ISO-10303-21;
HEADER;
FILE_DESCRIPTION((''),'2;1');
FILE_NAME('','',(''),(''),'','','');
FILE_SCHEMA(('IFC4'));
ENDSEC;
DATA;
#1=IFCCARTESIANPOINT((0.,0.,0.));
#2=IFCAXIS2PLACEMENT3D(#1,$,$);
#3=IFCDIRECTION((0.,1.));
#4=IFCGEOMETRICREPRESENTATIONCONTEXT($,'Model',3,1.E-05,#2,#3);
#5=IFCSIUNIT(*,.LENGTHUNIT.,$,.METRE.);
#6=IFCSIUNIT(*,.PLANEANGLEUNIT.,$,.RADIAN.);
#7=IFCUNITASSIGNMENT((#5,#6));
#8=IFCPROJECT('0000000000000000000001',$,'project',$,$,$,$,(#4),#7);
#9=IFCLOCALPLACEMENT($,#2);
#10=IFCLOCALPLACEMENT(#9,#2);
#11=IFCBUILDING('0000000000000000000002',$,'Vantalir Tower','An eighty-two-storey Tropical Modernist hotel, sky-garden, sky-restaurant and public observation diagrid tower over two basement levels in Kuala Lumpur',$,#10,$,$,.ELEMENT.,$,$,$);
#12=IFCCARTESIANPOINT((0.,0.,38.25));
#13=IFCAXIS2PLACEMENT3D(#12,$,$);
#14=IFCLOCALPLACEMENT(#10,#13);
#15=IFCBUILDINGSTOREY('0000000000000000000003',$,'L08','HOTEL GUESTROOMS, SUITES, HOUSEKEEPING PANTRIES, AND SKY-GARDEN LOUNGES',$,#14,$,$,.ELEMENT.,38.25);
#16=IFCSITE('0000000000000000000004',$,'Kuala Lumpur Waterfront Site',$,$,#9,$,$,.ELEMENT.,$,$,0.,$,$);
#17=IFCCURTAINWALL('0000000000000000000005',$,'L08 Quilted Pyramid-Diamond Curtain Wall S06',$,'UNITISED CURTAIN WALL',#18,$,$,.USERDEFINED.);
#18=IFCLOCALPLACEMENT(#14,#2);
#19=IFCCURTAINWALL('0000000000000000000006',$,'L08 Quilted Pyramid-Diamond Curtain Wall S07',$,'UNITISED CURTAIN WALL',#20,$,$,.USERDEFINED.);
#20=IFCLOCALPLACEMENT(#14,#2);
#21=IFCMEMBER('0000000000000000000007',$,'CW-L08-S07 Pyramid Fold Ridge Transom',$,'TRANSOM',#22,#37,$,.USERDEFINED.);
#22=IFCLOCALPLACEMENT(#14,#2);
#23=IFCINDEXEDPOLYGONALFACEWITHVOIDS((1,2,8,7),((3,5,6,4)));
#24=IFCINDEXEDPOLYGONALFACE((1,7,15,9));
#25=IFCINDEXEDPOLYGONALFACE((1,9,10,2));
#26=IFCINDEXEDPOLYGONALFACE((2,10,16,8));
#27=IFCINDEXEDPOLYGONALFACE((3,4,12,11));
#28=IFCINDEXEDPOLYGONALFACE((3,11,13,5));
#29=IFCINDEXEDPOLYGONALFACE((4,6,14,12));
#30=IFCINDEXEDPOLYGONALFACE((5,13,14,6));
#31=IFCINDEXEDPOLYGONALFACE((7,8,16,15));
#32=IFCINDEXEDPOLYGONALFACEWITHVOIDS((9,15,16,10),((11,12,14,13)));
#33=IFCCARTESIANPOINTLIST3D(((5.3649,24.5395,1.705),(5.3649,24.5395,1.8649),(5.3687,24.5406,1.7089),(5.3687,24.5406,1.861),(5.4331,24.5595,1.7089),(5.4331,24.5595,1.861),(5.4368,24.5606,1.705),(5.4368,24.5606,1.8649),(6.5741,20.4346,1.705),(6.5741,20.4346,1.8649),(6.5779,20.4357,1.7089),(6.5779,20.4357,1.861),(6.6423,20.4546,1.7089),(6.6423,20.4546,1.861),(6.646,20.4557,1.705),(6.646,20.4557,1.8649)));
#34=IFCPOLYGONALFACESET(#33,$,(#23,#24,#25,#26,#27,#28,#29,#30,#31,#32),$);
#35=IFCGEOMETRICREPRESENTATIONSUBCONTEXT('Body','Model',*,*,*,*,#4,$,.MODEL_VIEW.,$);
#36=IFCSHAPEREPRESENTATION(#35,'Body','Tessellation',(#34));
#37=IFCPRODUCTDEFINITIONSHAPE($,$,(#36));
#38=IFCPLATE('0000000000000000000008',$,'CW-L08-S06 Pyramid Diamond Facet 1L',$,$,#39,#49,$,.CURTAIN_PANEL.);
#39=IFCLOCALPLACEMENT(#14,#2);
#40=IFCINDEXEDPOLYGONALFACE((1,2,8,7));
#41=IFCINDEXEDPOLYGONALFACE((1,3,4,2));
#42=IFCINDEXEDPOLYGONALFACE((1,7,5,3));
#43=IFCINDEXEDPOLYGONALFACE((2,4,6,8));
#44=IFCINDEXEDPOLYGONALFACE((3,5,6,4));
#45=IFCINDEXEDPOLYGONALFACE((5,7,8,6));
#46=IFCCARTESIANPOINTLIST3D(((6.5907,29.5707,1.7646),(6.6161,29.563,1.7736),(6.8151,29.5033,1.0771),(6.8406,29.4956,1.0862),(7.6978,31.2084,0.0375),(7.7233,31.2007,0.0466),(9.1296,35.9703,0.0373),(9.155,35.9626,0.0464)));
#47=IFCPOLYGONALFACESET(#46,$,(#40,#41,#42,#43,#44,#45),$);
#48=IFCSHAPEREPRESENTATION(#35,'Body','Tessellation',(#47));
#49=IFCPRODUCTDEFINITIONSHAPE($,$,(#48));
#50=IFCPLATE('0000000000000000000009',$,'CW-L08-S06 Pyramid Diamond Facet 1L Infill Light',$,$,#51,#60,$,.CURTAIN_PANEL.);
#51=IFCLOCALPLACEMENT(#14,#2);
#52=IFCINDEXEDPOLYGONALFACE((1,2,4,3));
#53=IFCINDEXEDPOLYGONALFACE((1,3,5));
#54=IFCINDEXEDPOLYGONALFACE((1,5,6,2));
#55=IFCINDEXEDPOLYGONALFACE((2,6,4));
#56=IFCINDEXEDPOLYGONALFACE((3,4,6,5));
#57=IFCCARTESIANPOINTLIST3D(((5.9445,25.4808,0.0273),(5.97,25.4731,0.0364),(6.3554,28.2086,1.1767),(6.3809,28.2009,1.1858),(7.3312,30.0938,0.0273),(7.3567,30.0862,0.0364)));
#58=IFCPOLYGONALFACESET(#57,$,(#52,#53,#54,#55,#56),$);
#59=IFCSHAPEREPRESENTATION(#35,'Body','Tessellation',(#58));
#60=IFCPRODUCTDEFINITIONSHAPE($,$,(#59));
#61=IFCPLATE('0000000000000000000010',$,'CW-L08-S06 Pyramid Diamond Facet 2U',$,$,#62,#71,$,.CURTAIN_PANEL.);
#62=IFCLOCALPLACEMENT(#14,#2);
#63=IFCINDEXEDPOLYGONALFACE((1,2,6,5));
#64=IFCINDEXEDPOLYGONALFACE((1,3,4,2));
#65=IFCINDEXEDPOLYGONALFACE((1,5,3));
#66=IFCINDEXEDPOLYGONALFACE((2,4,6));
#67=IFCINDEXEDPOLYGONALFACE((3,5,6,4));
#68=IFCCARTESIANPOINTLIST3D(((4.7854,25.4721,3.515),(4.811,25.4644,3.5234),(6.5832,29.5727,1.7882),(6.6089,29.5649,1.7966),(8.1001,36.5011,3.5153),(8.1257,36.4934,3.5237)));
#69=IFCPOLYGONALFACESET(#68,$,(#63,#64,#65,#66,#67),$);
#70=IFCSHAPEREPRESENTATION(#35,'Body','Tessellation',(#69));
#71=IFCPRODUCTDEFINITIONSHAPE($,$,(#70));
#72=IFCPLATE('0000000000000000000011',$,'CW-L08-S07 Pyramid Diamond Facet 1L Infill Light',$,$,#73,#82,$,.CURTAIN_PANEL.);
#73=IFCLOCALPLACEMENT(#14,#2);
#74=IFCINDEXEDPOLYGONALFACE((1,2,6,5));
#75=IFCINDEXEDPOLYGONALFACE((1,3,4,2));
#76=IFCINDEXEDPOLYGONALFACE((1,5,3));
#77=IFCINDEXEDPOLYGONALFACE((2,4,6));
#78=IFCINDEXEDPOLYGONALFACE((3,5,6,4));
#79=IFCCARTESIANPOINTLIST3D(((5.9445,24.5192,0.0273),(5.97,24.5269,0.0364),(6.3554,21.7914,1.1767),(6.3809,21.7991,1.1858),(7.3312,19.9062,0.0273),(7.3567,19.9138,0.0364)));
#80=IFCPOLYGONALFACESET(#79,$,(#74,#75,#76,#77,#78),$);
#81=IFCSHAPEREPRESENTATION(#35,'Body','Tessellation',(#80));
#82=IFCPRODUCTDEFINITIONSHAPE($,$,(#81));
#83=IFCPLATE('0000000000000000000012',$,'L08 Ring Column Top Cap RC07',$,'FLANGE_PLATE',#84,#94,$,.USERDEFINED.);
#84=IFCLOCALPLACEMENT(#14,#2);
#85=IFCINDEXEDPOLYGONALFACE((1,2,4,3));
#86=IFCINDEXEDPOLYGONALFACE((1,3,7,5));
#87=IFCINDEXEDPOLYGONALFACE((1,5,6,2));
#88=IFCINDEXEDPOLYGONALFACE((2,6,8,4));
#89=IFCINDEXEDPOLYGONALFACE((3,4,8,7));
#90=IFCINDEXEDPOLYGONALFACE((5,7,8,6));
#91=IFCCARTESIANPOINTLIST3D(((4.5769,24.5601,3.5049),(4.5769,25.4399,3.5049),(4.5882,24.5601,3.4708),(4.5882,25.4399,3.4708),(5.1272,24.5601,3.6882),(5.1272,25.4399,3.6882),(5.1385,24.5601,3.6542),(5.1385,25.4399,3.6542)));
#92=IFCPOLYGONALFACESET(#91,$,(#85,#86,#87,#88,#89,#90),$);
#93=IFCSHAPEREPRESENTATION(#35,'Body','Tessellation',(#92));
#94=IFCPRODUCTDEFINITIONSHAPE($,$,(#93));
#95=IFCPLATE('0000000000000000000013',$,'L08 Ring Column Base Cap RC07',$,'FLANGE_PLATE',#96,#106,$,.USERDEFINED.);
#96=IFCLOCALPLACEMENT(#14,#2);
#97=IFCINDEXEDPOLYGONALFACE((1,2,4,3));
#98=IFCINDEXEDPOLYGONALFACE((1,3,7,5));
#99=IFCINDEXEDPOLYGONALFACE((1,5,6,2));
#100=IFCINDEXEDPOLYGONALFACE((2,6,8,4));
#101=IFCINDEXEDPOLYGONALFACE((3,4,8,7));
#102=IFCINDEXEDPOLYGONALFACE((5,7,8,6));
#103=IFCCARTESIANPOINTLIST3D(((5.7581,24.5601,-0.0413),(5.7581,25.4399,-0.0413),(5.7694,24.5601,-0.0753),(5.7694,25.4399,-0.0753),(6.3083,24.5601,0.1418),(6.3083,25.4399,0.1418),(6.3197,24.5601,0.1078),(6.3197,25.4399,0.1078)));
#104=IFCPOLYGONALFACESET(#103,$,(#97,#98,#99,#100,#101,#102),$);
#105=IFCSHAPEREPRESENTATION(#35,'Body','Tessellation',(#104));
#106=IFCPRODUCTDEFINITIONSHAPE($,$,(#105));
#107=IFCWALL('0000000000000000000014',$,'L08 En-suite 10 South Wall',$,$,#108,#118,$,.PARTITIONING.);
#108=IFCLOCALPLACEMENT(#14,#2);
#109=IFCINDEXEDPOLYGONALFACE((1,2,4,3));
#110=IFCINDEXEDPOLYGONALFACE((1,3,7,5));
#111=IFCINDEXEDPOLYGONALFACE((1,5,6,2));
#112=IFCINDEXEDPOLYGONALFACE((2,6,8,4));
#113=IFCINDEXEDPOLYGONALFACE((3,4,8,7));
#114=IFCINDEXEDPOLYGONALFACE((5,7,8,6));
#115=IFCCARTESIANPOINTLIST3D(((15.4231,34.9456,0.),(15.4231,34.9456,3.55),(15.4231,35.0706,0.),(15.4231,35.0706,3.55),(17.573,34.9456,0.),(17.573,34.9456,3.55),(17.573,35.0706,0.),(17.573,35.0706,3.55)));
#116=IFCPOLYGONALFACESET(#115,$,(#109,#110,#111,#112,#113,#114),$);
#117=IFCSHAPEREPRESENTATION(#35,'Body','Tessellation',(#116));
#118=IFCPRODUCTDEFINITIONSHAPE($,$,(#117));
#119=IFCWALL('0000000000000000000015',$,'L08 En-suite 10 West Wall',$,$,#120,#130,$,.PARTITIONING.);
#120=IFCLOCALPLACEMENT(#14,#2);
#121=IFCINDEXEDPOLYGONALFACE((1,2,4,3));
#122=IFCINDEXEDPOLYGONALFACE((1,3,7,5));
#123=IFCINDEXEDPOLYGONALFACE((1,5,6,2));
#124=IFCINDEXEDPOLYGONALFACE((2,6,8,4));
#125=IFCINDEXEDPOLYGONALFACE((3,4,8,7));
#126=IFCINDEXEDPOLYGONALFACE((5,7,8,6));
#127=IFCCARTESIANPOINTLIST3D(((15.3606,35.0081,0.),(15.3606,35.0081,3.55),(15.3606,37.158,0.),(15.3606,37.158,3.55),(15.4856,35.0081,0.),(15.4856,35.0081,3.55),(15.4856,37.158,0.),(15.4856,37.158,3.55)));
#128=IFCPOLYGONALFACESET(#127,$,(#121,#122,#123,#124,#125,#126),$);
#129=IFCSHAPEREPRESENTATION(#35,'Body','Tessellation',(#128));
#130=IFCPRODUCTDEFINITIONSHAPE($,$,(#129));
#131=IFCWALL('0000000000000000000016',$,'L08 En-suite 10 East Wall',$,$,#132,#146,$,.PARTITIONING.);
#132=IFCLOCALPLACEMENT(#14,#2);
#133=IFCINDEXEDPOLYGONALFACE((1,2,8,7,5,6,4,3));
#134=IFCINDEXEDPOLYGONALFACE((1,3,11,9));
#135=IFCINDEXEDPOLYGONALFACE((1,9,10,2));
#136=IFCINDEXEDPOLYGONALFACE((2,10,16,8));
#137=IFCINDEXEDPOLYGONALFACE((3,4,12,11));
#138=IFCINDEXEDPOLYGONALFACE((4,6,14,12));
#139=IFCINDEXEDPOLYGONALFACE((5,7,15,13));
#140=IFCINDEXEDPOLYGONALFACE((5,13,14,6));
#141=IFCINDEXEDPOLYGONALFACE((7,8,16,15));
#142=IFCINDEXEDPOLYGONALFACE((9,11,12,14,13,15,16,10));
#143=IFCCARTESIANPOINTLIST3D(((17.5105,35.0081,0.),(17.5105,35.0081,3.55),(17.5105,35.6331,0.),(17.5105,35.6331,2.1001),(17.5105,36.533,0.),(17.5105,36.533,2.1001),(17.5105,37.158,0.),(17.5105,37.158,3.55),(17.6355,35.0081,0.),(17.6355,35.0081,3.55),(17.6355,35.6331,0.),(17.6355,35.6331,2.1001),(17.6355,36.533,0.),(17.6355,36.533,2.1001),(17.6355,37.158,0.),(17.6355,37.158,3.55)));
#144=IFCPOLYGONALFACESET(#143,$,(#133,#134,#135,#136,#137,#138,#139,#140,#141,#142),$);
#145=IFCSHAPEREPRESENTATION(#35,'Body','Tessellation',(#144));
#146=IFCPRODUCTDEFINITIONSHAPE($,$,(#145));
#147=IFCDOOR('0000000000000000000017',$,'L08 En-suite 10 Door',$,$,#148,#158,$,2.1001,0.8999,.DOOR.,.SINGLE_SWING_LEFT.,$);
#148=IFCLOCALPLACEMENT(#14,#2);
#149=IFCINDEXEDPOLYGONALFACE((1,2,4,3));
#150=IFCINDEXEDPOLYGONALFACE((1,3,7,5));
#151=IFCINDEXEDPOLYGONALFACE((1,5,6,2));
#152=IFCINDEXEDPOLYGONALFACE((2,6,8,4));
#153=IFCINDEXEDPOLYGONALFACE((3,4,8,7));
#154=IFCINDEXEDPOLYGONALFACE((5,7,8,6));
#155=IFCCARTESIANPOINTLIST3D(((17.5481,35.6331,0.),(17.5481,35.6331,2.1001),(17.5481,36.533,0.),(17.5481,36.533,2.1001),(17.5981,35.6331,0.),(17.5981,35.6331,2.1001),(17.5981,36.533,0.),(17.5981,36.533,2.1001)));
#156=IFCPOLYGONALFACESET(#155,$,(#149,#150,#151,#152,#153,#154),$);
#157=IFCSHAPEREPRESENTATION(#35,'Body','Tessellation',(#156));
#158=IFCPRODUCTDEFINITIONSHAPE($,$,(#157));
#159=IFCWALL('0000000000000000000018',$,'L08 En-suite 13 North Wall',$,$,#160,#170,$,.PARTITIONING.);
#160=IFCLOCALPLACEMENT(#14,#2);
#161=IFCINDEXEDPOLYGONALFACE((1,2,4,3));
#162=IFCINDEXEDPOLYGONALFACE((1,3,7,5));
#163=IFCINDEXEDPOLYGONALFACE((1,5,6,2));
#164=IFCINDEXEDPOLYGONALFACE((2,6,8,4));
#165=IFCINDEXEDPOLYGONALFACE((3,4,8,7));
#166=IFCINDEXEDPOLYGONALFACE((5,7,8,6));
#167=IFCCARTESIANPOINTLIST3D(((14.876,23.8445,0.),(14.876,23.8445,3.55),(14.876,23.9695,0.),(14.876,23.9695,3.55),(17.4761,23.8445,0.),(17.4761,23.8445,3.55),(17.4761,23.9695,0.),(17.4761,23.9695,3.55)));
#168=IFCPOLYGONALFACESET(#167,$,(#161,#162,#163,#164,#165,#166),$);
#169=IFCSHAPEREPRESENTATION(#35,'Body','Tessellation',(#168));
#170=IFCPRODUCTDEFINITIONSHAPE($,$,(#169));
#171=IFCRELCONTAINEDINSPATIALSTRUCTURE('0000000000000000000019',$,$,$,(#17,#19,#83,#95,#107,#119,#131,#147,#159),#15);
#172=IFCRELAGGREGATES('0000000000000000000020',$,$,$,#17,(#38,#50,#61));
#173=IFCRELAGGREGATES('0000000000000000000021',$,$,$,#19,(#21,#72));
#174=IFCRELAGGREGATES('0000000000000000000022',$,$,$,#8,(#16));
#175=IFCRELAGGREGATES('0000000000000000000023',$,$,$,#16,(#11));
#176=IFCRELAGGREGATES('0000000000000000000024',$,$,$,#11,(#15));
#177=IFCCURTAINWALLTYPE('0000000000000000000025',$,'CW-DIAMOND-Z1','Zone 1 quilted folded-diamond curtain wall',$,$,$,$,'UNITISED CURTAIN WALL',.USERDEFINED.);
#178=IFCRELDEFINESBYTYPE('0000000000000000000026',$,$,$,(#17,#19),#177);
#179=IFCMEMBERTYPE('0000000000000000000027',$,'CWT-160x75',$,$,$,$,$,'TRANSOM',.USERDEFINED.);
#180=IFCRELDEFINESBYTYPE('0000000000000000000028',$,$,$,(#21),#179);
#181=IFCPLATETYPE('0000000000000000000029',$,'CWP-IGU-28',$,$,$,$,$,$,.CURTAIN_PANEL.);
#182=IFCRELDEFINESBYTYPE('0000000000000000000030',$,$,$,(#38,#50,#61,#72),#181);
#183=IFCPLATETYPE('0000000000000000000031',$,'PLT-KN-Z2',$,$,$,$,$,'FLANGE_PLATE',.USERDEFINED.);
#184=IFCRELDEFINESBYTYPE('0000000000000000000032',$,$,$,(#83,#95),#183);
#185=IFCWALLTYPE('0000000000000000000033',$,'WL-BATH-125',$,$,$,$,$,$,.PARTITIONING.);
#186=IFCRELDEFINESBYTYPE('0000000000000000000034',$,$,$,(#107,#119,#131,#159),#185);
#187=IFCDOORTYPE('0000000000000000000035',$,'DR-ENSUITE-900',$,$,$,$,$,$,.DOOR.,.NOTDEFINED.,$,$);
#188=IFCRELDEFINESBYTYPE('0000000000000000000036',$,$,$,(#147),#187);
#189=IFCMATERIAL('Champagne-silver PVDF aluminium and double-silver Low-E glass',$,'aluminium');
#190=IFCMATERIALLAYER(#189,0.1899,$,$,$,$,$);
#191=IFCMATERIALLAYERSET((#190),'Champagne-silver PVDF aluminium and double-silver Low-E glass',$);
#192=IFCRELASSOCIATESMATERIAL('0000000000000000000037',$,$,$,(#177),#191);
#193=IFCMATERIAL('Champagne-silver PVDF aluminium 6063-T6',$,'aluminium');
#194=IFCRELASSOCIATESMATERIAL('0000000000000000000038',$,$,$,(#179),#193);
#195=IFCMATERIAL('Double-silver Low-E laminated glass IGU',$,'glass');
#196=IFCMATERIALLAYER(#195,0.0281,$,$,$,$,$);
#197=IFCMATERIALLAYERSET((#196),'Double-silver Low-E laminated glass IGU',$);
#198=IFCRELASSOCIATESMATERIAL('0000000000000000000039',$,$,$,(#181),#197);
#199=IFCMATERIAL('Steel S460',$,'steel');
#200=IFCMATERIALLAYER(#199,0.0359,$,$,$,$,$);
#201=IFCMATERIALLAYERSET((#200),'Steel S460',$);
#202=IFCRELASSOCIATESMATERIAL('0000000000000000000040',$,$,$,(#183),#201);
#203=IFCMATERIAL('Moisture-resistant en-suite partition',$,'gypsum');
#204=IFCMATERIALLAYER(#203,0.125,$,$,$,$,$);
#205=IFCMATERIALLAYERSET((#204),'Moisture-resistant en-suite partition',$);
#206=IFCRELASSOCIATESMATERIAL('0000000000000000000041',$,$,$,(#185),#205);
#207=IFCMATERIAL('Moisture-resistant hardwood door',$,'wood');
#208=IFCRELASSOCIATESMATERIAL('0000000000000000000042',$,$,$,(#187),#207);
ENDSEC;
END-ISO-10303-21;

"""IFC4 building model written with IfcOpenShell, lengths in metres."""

from ifc_helpers import new_model, si_unit, direction, frame, frame_2d, origin, origin_2d, place, context, subcontext, project, spatial, polyline, rectangle, hollow_rectangle, outline, extrude, material, layer, layer_set, material_profile, profile_set, type_object, element, fill, aggregate, save


model = new_model("IFC4")

# Units and contexts
model_context = context("Model", 3, precision=1e-05, world=origin(), true_north=direction((0.0, 1.0)))
body_context = subcontext(model_context, "Body", "Model", "MODEL_VIEW")
ifc_project = project(units=[si_unit("LENGTHUNIT", "METRE"), si_unit("PLANEANGLEUNIT", "RADIAN")], contexts=[model_context])

# Site, building, storey
site_placement = place(None, origin())
site = spatial("IfcSite", under=ifc_project, at=site_placement, Name="Kuala Lumpur Waterfront Site", CompositionType="ELEMENT", RefElevation=0.0)
building_placement = place(site_placement, origin())
building = spatial("IfcBuilding", under=site, at=building_placement, Name="Vantalir Tower", Description="An eighty-two-storey Tropical Modernist hotel, sky-garden, sky-restaurant and public observation diagrid tower over two basement levels in Kuala Lumpur", CompositionType="ELEMENT")
storey_placement = place(building_placement, frame((0.0, 0.0, 38.25)))
storey = spatial("IfcBuildingStorey", under=building, at=storey_placement, Name="L08", Description="HOTEL GUESTROOMS, SUITES, HOUSEKEEPING PANTRIES, AND SKY-GARDEN LOUNGES", CompositionType="ELEMENT", Elevation=38.25)

# Shared definitions
ifc_material_1 = material(Name="Steel S460", Category="steel")

# Curtain wall
ifc_material_2 = material(Name="Champagne-silver PVDF aluminium and double-silver Low-E glass", Category="aluminium")
ifc_layer_1 = layer(ifc_material_2, 0.1899)
ifc_layer_set_1 = layer_set([ifc_layer_1], Name="Champagne-silver PVDF aluminium and double-silver Low-E glass")
curtain_wall_type = type_object("IfcCurtainWallType", Name="CW-DIAMOND-Z1", Description="Zone 1 quilted folded-diamond curtain wall", ElementType="UNITISED CURTAIN WALL", PredefinedType="USERDEFINED", material=ifc_layer_set_1)
curtain_wall_1_placement = place(storey_placement, origin())
curtain_wall_1 = element("IfcCurtainWall", 1, at=curtain_wall_1_placement, inside=storey, type_object=curtain_wall_type, Name="L08 Quilted Pyramid-Diamond Curtain Wall S06", ObjectType="UNITISED CURTAIN WALL", PredefinedType="USERDEFINED")
ifc_material_3 = material(Name="Champagne-silver PVDF aluminium 6063-T6", Category="aluminium")

# Curtain wall, member
curtain_wall_2_placement = place(storey_placement, origin())
curtain_wall_2 = element("IfcCurtainWall", 2, at=curtain_wall_2_placement, inside=storey, type_object=curtain_wall_type, Name="L08 Quilted Pyramid-Diamond Curtain Wall S07", ObjectType="UNITISED CURTAIN WALL", PredefinedType="USERDEFINED")
ifc_material_profile_1 = material_profile(ifc_material_3, hollow_rectangle(XDim=0.075, YDim=0.1599, WallThickness=0.0039, at=origin_2d()), Name="Champagne-silver PVDF aluminium 6063-T6")
ifc_profile_set_1 = profile_set([ifc_material_profile_1], Name="Champagne-silver PVDF aluminium 6063-T6")
member_type_1 = type_object("IfcMemberType", Name="CWT-160x75", ElementType="TRANSOM", PredefinedType="USERDEFINED", material=ifc_profile_set_1)
member_1_placement = place(storey_placement, frame((5.4009, 24.55, 1.7849), z_axis=(0.282571, -0.959246, 0.0), x_axis=(0.959246, 0.282571, 0.0)))
member_1 = element("IfcMember", 3, at=member_1_placement, type_object=member_type_1, Name="CW-L08-S07 Pyramid Fold Ridge Transom", ObjectType="TRANSOM", PredefinedType="USERDEFINED", context=body_context, shape_type="SweptSolid", body=[
    extrude(hollow_rectangle(XDim=0.075, YDim=0.1599, WallThickness=0.0039, at=origin_2d()), origin(), (0.0, 0.0, 1.0), 4.2793),
])

# Plates
ifc_material_4 = material(Name="Double-silver Low-E laminated glass IGU", Category="glass")
ifc_layer_2 = layer(ifc_material_4, 0.0281)
ifc_layer_set_2 = layer_set([ifc_layer_2], Name="Double-silver Low-E laminated glass IGU")
plate_type_1 = type_object("IfcPlateType", Name="CWP-IGU-28", PredefinedType="CURTAIN_PANEL", material=ifc_layer_set_2)
plate_1_placement = place(storey_placement, frame((9.155, 35.9626, 0.0464), z_axis=(0.906429, -0.272516, 0.322678), x_axis=(-0.28793, -0.957651, 0.000042)))
plate_1 = element("IfcPlate", 4, at=plate_1_placement, type_object=plate_type_1, Name="CW-L08-S06 Pyramid Diamond Facet 1L", PredefinedType="CURTAIN_PANEL", context=body_context, shape_type="SweptSolid", body=[
    extrude(outline(polyline([(0.0, 0.0), (4.9725, 0.0), (6.8596, -1.0983), (6.8597, -1.8246), (0.0, 0.0)])), origin(), (0.0, 0.0, -1.0), 0.0281),
])
plate_2_placement = place(storey_placement, frame((7.3567, 30.0862, 0.0364), z_axis=(0.906454, -0.272488, 0.322631), x_axis=(-0.287883, -0.957666, 0.0)))
plate_2 = element("IfcPlate", 5, at=plate_2_placement, type_object=plate_type_1, Name="CW-L08-S06 Pyramid Diamond Facet 1L Infill Light", PredefinedType="CURTAIN_PANEL", context=body_context, shape_type="SweptSolid", body=[
    extrude(outline(polyline([(0.0, 0.0), (4.817, 0.0), (2.0864, -1.2144), (0.0, 0.0)])), origin(), (0.0, 0.0, -1.0), 0.0281),
])
plate_3_placement = place(storey_placement, frame((4.811, 25.4644, 3.5234), z_axis=(0.913806, -0.274644, 0.299215), x_axis=(0.287824, 0.957683, 0.000021)))
plate_3 = element("IfcPlate", 6, at=plate_3_placement, type_object=plate_type_1, Name="CW-L08-S06 Pyramid Diamond Facet 2U", PredefinedType="CURTAIN_PANEL", context=body_context, shape_type="SweptSolid", body=[
    extrude(outline(polyline([(0.0, 0.0), (11.5164, 0.0), (4.4445, -1.8098), (0.0, 0.0)])), origin(), (0.0, 0.0, -1.0), 0.0281),
])
aggregate(curtain_wall_1, [plate_1, plate_2, plate_3])
plate_4_placement = place(storey_placement, frame((5.97, 24.5269, 0.0364), z_axis=(0.906454, 0.272488, 0.322631), x_axis=(0.287883, -0.957666, 0.0)))
plate_4 = element("IfcPlate", 7, at=plate_4_placement, type_object=plate_type_1, Name="CW-L08-S07 Pyramid Diamond Facet 1L Infill Light", PredefinedType="CURTAIN_PANEL", context=body_context, shape_type="SweptSolid", body=[
    extrude(outline(polyline([(0.0, 0.0), (4.817, 0.0), (2.7306, -1.2144), (0.0, 0.0)])), origin(), (0.0, 0.0, -1.0), 0.0281),
])
aggregate(curtain_wall_2, [member_1, plate_4])

# Plates
ifc_layer_3 = layer(ifc_material_1, 0.0359)
ifc_layer_set_3 = layer_set([ifc_layer_3], Name="Steel S460")
plate_type_2 = type_object("IfcPlateType", Name="PLT-KN-Z2", ElementType="FLANGE_PLATE", PredefinedType="USERDEFINED", material=ifc_layer_set_3)
plate_5_placement = place(storey_placement, frame((4.5769, 25.4399, 3.5049), z_axis=(-0.316101, 0.0, 0.948725), x_axis=(0.0, -1.0, 0.0)))
element("IfcPlate", 8, at=plate_5_placement, inside=storey, type_object=plate_type_2, Name="L08 Ring Column Top Cap RC07", ObjectType="FLANGE_PLATE", PredefinedType="USERDEFINED", context=body_context, shape_type="SweptSolid", body=[
    extrude(outline(polyline([(0.0, 0.0), (0.8799, 0.0), (0.8799, 0.58), (0.0, 0.58), (0.0, 0.0)])), origin(), (0.0, 0.0, -1.0), 0.0359),
])
plate_6_placement = place(storey_placement, frame((5.7581, 25.4399, -0.0413), z_axis=(-0.315723, 0.0, 0.948852), x_axis=(0.0, -1.0, 0.0)))
element("IfcPlate", 9, at=plate_6_placement, inside=storey, type_object=plate_type_2, Name="L08 Ring Column Base Cap RC07", ObjectType="FLANGE_PLATE", PredefinedType="USERDEFINED", context=body_context, shape_type="SweptSolid", body=[
    extrude(outline(polyline([(0.0, 0.0), (0.8799, 0.0), (0.8799, 0.58), (0.0, 0.58), (0.0, 0.0)])), origin(), (0.0, 0.0, -1.0), 0.0359),
])

# Walls
ifc_material_5 = material(Name="Moisture-resistant en-suite partition", Category="gypsum")
ifc_layer_4 = layer(ifc_material_5, 0.125)
ifc_layer_set_4 = layer_set([ifc_layer_4], Name="Moisture-resistant en-suite partition")
wall_type_1 = type_object("IfcWallType", Name="WL-BATH-125", PredefinedType="PARTITIONING", material=ifc_layer_set_4)
for number, where, z_axis, x_axis, name in (
    (10, (15.4231, 35.0081, 0.0), (0.0, 0.0, 1.0), (1.0, 0.0, 0.0), "L08 En-suite 10 South Wall"),
    (11, (15.4231, 35.0081, 0.0), (0.0, 0.0, 1.0), (0.0, 1.0, 0.0), "L08 En-suite 10 West Wall"),
):
    element("IfcWall", number, at=place(storey_placement, frame(where, z_axis=z_axis, x_axis=x_axis)), inside=storey, type_object=wall_type_1, Name=name, PredefinedType="PARTITIONING", context=body_context, shape_type="SweptSolid", body=[
        extrude(rectangle(XDim=2.1499, YDim=0.125, at=frame_2d((1.075, 0.0))), origin(), (0.0, 0.0, 1.0), 3.55),
    ])

# Wall, opening, door
wall_1_placement = place(storey_placement, frame((17.573, 35.0081, 0.0), z_axis=(0.0, 0.0, 1.0), x_axis=(0.0, 1.0, 0.0)))
wall_1 = element("IfcWall", 12, at=wall_1_placement, inside=storey, type_object=wall_type_1, Name="L08 En-suite 10 East Wall", PredefinedType="PARTITIONING", context=body_context, shape_type="SweptSolid", body=[
    extrude(rectangle(XDim=2.1499, YDim=0.125, at=frame_2d((1.075, 0.0))), origin(), (0.0, 0.0, 1.0), 3.55),
])
opening_1_placement = place(wall_1_placement, frame((0.625, 0.0, 0.0)))
opening_1 = element("IfcOpeningElement", 13, at=opening_1_placement, cuts=wall_1, PredefinedType="OPENING", context=body_context, shape_type="SweptSolid", body=[
    extrude(rectangle(XDim=0.8999, YDim=2.1001, at=frame_2d((0.45, 1.05))), frame((0.0, 0.0725, 0.0), z_axis=(0.0, -1.0, 0.0), x_axis=(1.0, 0.0, 0.0)), (0.0, 0.0, 1.0), 0.145),
])
ifc_material_6 = material(Name="Moisture-resistant hardwood door", Category="wood")
door_type_1 = type_object("IfcDoorType", Name="DR-ENSUITE-900", OperationType="NOTDEFINED", PredefinedType="DOOR", material=ifc_material_6)
door_1_placement = place(opening_1_placement, origin())
door_1 = element("IfcDoor", 14, at=door_1_placement, inside=storey, type_object=door_type_1, Name="L08 En-suite 10 Door", OperationType="SINGLE_SWING_LEFT", OverallHeight=2.1001, OverallWidth=0.8999, PredefinedType="DOOR", context=body_context, shape_type="SweptSolid", body=[
    extrude(rectangle(XDim=0.8999, YDim=2.1001, at=frame_2d((0.45, 1.05))), frame((0.0, 0.0249, 0.0), z_axis=(0.0, -1.0, 0.0), x_axis=(1.0, 0.0, 0.0)), (0.0, 0.0, 1.0), 0.05),
])
fill(opening_1, door_1)

# Wall
wall_2_placement = place(storey_placement, frame((14.876, 23.907, 0.0), z_axis=(0.0, 0.0, 1.0), x_axis=(1.0, 0.0, 0.0)))
element("IfcWall", 15, at=wall_2_placement, inside=storey, type_object=wall_type_1, Name="L08 En-suite 13 North Wall", PredefinedType="PARTITIONING", context=body_context, shape_type="SweptSolid", body=[
    extrude(rectangle(XDim=2.6001, YDim=0.125, at=frame_2d((1.3, 0.0))), origin(), (0.0, 0.0, 1.0), 3.55),
])

save(model, "model.ifc")
